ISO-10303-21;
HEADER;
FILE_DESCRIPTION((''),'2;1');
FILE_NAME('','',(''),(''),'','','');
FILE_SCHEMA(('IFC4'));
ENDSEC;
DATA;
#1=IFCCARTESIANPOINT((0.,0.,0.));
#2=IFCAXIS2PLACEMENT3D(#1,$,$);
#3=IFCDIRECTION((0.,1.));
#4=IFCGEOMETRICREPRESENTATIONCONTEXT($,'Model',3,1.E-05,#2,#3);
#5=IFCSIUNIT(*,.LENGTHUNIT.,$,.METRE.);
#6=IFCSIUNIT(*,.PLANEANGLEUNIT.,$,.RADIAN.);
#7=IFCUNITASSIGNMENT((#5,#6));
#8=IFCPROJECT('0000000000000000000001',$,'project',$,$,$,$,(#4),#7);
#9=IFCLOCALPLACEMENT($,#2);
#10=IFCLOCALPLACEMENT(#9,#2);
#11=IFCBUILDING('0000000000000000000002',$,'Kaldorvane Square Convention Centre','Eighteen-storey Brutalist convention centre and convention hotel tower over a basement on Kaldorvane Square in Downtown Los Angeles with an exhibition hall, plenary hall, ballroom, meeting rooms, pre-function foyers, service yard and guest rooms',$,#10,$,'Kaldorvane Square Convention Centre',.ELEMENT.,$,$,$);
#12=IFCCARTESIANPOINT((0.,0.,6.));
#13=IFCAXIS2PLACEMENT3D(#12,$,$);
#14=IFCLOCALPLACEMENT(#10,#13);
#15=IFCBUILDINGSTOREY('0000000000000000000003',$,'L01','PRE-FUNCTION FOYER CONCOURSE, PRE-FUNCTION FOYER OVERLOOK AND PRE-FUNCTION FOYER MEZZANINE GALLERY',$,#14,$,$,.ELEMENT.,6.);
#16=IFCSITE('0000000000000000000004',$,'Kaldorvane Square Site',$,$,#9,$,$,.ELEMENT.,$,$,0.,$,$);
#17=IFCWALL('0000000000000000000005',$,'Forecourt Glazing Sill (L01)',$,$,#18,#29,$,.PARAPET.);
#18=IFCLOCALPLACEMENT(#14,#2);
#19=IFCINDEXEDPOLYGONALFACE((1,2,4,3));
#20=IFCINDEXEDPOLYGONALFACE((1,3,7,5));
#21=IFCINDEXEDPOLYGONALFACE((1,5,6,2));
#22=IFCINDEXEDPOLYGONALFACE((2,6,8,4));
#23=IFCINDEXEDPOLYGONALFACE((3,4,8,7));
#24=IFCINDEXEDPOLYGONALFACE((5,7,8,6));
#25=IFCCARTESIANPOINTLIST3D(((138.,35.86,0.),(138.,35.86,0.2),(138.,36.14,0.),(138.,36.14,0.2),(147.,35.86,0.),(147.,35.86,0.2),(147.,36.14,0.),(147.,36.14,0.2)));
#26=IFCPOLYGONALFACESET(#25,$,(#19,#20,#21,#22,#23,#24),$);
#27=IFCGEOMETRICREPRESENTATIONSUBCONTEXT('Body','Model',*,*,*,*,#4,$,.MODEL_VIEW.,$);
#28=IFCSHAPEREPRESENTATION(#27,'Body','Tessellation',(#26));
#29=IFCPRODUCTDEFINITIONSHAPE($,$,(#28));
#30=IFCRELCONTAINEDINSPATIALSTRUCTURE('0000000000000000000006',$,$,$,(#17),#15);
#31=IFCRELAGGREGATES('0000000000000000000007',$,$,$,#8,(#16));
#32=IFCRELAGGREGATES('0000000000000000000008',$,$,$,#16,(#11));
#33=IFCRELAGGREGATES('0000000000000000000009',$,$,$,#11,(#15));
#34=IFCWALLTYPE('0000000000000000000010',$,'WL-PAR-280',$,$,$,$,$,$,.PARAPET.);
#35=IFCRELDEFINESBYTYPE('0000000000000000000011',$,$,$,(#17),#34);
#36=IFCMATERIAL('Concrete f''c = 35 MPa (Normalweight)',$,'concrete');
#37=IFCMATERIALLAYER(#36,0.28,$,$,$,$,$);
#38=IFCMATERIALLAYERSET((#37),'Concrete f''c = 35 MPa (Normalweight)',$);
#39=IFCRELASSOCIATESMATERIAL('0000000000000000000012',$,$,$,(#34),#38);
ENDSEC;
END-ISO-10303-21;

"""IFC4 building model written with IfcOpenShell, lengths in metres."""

from ifc_helpers import new_model, si_unit, direction, frame, frame_2d, origin, place, context, subcontext, project, spatial, rectangle, extrude, material, layer, layer_set, type_object, element, save


model = new_model("IFC4")

# Units and contexts
model_context = context("Model", 3, precision=1e-05, world=origin(), true_north=direction((0.0, 1.0)))
body_context = subcontext(model_context, "Body", "Model", "MODEL_VIEW")
ifc_project = project(units=[si_unit("LENGTHUNIT", "METRE"), si_unit("PLANEANGLEUNIT", "RADIAN")], contexts=[model_context])

# Site, building, storey
site_placement = place(None, origin())
site = spatial("IfcSite", under=ifc_project, at=site_placement, Name="Kaldorvane Square Site", CompositionType="ELEMENT", RefElevation=0.0)
building_placement = place(site_placement, origin())
building = spatial("IfcBuilding", under=site, at=building_placement, Name="Kaldorvane Square Convention Centre", Description="Eighteen-storey Brutalist convention centre and convention hotel tower over a basement on Kaldorvane Square in Downtown Los Angeles with an exhibition hall, plenary hall, ballroom, meeting rooms, pre-function foyers, service yard and guest rooms", LongName="Kaldorvane Square Convention Centre", CompositionType="ELEMENT")
storey_placement = place(building_placement, frame((0.0, 0.0, 6.0)))
storey = spatial("IfcBuildingStorey", under=building, at=storey_placement, Name="L01", Description="PRE-FUNCTION FOYER CONCOURSE, PRE-FUNCTION FOYER OVERLOOK AND PRE-FUNCTION FOYER MEZZANINE GALLERY", CompositionType="ELEMENT", Elevation=6.0)

# Wall
ifc_material_1 = material(Name="Concrete f'c = 35 MPa (Normalweight)", Category="concrete")
ifc_layer_1 = layer(ifc_material_1, 0.28)
ifc_layer_set_1 = layer_set([ifc_layer_1], Name="Concrete f'c = 35 MPa (Normalweight)")
wall_type_1 = type_object("IfcWallType", Name="WL-PAR-280", PredefinedType="PARAPET", material=ifc_layer_set_1)
wall_1_placement = place(storey_placement, frame((147.0, 36.0, 0.0), z_axis=(0.0, 0.0, 1.0), x_axis=(-1.0, 0.0, 0.0)))
element("IfcWall", 1, at=wall_1_placement, inside=storey, type_object=wall_type_1, Name="Forecourt Glazing Sill (L01)", PredefinedType="PARAPET", context=body_context, shape_type="SweptSolid", body=[
    extrude(rectangle(XDim=9.0, YDim=0.28, at=frame_2d((4.5, 0.0))), origin(), (0.0, 0.0, 1.0), 0.2),
])

save(model, "model.ifc")
